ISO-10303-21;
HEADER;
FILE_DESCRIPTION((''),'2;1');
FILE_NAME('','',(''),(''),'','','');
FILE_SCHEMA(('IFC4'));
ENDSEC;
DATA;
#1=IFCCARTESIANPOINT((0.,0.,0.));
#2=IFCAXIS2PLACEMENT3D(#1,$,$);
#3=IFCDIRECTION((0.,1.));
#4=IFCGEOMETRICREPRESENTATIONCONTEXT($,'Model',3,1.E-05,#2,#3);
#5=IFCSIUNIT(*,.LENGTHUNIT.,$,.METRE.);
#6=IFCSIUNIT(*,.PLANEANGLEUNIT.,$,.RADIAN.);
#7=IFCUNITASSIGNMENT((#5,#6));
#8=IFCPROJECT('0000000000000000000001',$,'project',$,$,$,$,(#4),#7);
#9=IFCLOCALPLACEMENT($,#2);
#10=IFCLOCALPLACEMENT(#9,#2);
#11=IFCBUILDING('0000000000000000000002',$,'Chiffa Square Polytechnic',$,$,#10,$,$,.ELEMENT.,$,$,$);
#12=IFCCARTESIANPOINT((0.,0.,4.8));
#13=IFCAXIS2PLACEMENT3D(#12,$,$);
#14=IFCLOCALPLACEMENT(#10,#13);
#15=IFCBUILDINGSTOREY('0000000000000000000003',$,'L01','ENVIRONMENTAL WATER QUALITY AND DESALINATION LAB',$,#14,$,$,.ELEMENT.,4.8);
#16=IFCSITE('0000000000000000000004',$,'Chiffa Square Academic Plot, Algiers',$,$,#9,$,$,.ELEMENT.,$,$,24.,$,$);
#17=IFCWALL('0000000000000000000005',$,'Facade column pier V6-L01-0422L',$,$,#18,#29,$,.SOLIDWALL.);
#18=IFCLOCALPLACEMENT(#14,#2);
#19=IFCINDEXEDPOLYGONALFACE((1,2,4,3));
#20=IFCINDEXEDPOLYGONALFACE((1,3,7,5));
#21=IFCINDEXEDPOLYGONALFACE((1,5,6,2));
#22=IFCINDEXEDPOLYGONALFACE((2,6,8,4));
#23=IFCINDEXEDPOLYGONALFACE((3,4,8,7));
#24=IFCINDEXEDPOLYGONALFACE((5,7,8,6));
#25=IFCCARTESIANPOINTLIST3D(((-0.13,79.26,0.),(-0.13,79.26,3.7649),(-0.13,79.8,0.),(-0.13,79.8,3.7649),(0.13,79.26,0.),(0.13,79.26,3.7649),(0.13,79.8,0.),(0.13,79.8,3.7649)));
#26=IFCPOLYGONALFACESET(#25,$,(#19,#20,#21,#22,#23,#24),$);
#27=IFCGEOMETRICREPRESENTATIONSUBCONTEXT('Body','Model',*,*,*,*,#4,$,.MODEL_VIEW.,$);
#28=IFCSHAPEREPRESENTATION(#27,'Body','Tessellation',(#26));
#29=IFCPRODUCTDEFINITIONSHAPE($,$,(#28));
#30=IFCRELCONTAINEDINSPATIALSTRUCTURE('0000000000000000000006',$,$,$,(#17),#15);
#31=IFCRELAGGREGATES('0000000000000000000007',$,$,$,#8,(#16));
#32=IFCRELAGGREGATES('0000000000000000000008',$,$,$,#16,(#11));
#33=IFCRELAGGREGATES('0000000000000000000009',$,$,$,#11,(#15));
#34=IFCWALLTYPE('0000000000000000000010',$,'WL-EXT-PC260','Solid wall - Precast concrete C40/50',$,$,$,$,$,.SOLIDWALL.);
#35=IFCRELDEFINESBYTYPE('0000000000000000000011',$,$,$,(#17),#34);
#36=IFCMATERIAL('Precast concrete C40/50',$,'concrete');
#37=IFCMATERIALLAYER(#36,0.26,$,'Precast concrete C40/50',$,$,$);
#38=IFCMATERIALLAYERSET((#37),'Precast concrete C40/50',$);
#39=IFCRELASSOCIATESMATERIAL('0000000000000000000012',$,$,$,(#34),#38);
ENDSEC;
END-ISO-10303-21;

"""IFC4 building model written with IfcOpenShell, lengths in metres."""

from ifc_helpers import new_model, si_unit, direction, frame, frame_2d, origin, place, context, subcontext, project, spatial, rectangle, extrude, material, layer, layer_set, type_object, element, save


model = new_model("IFC4")

# Units and contexts
model_context = context("Model", 3, precision=1e-05, world=origin(), true_north=direction((0.0, 1.0)))
body_context = subcontext(model_context, "Body", "Model", "MODEL_VIEW")
ifc_project = project(units=[si_unit("LENGTHUNIT", "METRE"), si_unit("PLANEANGLEUNIT", "RADIAN")], contexts=[model_context])

# Site, building, storey
site_placement = place(None, origin())
site = spatial("IfcSite", under=ifc_project, at=site_placement, Name="Chiffa Square Academic Plot, Algiers", CompositionType="ELEMENT", RefElevation=24.0)
building_placement = place(site_placement, origin())
building = spatial("IfcBuilding", under=site, at=building_placement, Name="Chiffa Square Polytechnic", CompositionType="ELEMENT")
storey_placement = place(building_placement, frame((0.0, 0.0, 4.8)))
storey = spatial("IfcBuildingStorey", under=building, at=storey_placement, Name="L01", Description="ENVIRONMENTAL WATER QUALITY AND DESALINATION LAB", CompositionType="ELEMENT", Elevation=4.8)

# Wall
ifc_material_1 = material(Name="Precast concrete C40/50", Category="concrete")
ifc_layer_1 = layer(ifc_material_1, 0.26, Name="Precast concrete C40/50")
ifc_layer_set_1 = layer_set([ifc_layer_1], Name="Precast concrete C40/50")
wall_type = type_object("IfcWallType", Name="WL-EXT-PC260", Description="Solid wall - Precast concrete C40/50", PredefinedType="SOLIDWALL", material=ifc_layer_set_1)
wall_placement = place(storey_placement, frame((0.0, 79.8, 0.0), z_axis=(0.0, 0.0, 1.0), x_axis=(0.0, -1.0, 0.0)))
element("IfcWall", 1, at=wall_placement, inside=storey, type_object=wall_type, Name="Facade column pier V6-L01-0422L", PredefinedType="SOLIDWALL", context=body_context, shape_type="SweptSolid", body=[
    extrude(rectangle(XDim=0.54, YDim=0.26, at=frame_2d((0.27, 0.0))), origin(), (0.0, 0.0, 1.0), 3.7649),
])

save(model, "model.ifc")
